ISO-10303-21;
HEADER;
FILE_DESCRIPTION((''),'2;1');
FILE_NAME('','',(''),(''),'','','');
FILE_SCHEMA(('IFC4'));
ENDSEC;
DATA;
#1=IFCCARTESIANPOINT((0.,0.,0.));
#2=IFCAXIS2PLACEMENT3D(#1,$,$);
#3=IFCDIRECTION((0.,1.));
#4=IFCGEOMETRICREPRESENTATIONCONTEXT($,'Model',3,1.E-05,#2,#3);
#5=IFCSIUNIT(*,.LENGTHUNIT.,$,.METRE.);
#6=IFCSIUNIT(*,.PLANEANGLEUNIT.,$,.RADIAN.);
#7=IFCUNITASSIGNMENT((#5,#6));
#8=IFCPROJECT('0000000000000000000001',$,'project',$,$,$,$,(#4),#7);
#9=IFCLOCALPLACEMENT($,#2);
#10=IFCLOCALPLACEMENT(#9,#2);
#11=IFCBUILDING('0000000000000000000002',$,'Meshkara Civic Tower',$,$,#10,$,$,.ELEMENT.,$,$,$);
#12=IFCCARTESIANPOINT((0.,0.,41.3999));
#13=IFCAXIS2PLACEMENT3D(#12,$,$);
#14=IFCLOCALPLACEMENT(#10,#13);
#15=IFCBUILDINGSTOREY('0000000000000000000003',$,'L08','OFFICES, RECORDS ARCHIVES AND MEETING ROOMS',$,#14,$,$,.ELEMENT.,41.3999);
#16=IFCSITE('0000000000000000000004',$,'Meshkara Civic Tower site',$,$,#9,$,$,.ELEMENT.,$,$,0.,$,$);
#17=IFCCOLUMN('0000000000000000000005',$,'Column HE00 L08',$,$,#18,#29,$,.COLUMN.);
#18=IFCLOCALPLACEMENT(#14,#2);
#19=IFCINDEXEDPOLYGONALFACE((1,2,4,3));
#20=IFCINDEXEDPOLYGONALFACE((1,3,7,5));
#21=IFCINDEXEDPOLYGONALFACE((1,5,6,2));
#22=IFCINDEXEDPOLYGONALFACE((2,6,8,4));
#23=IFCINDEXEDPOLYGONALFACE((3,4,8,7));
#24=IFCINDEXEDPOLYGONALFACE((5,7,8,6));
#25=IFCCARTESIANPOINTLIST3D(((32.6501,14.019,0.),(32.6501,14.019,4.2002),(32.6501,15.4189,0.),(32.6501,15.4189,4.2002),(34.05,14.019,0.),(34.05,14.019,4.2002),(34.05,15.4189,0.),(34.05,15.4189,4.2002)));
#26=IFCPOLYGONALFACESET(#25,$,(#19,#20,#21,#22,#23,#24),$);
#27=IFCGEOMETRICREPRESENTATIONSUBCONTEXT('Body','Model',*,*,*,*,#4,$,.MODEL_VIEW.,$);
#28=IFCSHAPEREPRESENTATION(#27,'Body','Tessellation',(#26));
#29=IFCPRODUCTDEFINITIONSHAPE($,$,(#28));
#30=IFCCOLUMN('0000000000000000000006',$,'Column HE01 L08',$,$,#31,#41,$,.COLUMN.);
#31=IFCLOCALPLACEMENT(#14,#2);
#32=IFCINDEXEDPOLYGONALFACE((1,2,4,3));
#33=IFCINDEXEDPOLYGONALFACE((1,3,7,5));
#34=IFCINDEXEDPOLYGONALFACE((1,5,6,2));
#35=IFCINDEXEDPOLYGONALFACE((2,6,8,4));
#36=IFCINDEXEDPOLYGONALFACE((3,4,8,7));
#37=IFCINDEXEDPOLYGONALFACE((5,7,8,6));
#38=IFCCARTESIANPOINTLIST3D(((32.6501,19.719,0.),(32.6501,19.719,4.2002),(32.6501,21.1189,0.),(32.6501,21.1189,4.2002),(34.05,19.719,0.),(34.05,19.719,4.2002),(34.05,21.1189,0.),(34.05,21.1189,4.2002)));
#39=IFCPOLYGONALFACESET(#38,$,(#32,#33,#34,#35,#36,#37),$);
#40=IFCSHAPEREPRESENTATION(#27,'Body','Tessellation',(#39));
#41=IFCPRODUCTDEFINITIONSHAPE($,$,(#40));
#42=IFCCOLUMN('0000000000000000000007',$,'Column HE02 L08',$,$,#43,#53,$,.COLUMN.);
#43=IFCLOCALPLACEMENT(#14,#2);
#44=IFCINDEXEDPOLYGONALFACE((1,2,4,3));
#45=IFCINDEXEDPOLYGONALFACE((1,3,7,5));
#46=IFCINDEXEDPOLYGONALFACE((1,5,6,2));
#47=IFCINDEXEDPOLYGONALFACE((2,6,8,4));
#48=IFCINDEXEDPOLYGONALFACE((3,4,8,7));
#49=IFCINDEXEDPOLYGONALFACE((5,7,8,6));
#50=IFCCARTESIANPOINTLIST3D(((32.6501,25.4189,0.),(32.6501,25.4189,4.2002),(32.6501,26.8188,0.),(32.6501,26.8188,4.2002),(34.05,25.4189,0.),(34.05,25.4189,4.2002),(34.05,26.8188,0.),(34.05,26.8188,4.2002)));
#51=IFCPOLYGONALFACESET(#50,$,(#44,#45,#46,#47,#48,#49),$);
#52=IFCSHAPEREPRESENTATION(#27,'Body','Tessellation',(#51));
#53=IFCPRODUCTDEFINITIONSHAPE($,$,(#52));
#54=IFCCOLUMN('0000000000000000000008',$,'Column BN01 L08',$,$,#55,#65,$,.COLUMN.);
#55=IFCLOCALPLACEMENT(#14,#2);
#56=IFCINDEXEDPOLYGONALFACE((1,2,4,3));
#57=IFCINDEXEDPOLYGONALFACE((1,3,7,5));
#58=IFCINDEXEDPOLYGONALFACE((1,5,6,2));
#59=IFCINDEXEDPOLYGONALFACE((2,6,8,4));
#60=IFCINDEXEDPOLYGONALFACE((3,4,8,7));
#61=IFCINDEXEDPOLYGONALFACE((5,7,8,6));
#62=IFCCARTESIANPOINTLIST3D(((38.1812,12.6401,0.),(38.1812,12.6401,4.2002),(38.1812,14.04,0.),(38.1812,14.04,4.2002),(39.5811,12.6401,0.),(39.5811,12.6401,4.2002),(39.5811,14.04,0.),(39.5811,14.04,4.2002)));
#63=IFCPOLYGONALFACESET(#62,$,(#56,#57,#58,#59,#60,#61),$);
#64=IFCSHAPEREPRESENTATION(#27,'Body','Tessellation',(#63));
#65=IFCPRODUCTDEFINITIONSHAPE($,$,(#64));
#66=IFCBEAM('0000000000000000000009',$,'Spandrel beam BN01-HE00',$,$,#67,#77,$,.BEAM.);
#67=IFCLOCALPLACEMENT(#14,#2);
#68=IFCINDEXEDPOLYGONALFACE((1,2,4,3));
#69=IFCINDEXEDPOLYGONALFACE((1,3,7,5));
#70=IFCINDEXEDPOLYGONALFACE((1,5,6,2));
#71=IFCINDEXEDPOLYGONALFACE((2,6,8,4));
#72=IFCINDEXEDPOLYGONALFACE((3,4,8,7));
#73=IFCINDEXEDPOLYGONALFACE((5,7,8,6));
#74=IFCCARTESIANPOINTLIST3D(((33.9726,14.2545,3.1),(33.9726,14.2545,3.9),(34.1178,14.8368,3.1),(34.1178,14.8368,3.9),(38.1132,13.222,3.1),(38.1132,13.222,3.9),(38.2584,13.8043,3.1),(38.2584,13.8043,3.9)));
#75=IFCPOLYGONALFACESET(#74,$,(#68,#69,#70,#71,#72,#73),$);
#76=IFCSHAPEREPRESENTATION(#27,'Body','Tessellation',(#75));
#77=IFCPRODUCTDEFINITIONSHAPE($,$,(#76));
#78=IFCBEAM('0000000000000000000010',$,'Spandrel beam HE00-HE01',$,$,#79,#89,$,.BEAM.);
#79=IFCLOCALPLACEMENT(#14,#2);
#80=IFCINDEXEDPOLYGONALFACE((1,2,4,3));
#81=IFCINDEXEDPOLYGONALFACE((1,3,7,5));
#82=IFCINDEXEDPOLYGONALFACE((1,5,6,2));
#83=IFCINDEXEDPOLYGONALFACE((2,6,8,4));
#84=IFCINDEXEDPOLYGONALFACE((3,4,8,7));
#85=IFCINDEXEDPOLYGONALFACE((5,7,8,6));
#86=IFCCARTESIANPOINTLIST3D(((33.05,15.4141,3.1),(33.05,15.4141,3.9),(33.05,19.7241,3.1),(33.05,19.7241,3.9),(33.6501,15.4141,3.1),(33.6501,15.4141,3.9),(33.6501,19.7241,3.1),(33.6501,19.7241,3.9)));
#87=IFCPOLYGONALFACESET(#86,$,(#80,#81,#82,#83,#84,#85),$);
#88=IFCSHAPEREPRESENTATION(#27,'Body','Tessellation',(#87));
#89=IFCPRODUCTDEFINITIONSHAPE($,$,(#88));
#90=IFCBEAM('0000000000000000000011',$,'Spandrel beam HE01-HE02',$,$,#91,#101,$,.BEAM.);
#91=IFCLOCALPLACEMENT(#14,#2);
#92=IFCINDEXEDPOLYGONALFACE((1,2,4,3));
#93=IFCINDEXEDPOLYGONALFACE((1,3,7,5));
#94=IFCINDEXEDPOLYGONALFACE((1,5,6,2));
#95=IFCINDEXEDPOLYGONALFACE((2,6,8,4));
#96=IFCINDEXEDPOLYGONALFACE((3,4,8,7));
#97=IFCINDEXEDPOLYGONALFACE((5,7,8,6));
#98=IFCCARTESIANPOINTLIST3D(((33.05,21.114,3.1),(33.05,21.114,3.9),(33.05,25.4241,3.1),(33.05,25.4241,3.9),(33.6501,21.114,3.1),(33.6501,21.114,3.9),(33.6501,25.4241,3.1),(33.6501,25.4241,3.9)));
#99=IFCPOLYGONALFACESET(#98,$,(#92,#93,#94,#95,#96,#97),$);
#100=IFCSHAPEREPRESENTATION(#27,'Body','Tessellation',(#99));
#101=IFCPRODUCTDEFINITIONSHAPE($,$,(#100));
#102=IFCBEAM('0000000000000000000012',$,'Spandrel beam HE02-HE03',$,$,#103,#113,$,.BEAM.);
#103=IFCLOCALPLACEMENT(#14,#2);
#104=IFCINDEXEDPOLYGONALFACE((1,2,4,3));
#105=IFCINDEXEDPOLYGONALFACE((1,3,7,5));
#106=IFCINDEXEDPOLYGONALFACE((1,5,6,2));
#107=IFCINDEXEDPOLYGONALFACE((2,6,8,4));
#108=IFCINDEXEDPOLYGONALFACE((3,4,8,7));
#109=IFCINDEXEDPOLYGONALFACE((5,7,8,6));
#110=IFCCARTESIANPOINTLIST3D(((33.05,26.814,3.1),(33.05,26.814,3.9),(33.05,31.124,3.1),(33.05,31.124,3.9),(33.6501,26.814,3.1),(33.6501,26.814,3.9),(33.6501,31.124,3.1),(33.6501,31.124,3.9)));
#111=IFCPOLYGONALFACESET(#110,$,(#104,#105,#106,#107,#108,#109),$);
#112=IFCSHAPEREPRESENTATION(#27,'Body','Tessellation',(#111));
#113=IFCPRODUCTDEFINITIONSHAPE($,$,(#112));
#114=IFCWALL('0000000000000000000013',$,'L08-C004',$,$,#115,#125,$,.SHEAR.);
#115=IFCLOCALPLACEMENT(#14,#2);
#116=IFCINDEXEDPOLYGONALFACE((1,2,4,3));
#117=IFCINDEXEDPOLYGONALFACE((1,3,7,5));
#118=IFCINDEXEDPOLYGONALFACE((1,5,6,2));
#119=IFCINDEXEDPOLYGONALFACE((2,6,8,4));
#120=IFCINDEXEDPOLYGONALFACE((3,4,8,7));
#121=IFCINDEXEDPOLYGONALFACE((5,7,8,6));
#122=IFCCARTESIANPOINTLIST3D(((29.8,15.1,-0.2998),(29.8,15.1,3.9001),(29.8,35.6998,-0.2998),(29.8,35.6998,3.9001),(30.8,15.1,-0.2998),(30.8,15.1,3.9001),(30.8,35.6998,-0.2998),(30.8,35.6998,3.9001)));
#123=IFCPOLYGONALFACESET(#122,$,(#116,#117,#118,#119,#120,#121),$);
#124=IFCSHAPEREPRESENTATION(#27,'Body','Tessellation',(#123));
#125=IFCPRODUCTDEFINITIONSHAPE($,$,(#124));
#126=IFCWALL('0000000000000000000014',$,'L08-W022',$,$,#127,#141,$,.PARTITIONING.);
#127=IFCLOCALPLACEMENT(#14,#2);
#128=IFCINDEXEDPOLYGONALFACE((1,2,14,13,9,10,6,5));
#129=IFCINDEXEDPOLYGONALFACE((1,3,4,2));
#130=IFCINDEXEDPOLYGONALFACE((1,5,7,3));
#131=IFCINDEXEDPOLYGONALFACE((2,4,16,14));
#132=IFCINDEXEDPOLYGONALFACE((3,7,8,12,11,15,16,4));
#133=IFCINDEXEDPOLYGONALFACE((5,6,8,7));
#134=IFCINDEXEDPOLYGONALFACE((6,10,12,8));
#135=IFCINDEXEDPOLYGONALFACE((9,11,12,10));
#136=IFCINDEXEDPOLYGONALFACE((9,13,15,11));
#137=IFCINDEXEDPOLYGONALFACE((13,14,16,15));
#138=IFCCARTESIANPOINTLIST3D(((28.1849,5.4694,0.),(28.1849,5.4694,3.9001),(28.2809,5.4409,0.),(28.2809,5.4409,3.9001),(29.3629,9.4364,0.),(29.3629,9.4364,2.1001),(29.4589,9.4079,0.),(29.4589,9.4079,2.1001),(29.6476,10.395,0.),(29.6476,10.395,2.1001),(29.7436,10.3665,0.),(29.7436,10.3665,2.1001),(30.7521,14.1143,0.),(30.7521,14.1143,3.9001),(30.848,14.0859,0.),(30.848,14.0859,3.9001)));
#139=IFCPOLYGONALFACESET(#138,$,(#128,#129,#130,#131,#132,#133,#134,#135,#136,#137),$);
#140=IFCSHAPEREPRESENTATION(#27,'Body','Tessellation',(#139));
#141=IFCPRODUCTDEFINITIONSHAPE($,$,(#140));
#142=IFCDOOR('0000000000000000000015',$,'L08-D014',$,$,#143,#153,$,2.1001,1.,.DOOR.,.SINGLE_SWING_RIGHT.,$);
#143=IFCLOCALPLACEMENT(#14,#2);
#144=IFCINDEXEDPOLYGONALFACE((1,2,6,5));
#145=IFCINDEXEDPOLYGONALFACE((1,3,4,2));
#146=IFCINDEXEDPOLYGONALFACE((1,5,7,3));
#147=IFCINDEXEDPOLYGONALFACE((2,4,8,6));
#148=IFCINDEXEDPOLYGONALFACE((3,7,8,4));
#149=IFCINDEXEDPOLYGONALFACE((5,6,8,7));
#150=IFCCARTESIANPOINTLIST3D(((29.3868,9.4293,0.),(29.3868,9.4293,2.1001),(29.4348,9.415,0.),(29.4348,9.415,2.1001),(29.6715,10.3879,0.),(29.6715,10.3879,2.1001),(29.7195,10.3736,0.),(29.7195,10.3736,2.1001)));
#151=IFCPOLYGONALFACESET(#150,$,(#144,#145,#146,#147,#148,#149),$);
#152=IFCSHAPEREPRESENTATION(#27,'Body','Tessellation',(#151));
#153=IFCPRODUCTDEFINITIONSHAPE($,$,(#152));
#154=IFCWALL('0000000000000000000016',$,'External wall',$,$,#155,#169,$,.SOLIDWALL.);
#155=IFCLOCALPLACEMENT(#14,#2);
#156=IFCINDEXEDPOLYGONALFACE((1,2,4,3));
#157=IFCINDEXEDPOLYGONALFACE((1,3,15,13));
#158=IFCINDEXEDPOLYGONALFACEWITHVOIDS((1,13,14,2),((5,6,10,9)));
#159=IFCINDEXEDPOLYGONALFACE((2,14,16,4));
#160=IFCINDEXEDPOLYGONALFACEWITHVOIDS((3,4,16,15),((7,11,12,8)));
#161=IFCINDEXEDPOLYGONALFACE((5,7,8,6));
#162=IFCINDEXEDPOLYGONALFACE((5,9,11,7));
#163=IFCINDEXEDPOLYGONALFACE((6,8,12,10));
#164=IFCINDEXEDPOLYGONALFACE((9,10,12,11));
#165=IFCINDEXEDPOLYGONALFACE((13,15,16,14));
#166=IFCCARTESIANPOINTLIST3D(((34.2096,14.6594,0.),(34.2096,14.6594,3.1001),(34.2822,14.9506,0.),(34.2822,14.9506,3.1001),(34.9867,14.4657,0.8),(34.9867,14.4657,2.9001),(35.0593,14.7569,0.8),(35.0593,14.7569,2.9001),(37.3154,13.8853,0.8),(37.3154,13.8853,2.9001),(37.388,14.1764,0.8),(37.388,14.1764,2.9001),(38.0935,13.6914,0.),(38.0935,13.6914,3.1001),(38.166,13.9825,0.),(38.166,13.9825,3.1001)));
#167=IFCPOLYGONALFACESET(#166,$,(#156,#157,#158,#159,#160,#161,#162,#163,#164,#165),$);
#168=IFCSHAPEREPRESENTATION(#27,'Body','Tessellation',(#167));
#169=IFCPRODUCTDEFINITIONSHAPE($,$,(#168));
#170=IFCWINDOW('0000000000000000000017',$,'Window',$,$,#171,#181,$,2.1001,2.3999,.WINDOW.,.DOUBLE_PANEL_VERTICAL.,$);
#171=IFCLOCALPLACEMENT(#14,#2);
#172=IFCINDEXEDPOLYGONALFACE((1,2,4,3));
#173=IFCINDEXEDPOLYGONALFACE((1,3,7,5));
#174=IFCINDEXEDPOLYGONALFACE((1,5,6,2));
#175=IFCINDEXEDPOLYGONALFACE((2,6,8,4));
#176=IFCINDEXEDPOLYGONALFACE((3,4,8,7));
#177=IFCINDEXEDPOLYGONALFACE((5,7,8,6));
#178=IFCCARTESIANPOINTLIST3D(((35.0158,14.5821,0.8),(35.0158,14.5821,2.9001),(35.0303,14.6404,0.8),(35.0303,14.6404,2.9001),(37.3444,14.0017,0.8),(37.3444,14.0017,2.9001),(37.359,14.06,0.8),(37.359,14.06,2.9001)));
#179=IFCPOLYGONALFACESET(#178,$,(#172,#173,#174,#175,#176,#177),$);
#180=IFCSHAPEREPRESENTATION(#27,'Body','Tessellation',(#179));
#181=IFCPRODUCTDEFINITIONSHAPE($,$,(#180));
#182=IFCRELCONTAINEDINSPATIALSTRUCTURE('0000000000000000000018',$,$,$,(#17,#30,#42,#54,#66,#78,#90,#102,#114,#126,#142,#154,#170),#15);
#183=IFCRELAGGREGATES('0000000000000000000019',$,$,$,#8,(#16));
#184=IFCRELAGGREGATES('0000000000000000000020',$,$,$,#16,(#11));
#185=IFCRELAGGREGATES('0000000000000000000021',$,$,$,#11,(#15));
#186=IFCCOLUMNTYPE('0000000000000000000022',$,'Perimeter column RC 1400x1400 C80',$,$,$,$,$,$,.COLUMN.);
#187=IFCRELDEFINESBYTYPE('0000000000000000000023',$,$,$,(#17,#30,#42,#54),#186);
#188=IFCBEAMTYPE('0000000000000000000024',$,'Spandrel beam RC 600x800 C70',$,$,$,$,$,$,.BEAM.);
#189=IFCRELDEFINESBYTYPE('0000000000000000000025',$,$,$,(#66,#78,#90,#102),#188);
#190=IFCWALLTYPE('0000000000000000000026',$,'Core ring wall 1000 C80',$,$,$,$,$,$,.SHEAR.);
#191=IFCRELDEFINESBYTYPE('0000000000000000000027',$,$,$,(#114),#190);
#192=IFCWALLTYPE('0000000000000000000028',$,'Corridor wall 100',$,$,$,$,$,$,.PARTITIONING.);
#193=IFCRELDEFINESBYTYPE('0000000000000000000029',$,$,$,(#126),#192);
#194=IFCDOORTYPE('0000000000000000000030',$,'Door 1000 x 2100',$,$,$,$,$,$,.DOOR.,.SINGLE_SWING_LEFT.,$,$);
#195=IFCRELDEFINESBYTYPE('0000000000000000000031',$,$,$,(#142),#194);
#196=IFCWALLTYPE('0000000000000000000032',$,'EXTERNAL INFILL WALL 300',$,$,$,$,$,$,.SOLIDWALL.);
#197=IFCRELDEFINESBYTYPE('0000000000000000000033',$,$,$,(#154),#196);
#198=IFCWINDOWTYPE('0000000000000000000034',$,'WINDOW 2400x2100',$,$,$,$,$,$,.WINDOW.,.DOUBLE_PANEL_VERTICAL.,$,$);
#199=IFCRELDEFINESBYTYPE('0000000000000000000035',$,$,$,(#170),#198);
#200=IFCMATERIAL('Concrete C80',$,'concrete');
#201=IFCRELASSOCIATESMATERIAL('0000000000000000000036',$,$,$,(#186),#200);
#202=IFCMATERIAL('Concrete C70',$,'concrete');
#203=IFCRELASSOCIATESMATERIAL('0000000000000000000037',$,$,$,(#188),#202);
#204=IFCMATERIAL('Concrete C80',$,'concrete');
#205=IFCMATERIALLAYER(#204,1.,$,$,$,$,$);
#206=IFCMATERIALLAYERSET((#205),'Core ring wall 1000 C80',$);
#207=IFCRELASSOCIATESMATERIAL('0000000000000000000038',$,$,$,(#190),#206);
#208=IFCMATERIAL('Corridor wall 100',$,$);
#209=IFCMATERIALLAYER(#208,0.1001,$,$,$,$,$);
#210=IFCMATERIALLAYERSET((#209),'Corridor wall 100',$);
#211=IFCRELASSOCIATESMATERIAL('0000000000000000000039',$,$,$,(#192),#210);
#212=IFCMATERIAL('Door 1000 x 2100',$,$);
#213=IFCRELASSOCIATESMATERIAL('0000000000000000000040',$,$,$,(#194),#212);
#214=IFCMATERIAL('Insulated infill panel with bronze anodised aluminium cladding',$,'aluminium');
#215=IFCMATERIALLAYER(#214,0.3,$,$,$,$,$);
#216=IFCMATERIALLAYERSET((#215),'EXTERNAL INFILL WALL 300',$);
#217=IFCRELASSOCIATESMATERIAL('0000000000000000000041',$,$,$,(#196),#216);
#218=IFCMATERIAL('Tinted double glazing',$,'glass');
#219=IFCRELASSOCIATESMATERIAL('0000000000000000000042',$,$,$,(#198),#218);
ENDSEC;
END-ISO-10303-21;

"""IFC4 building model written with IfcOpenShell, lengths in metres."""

from ifc_helpers import new_model, si_unit, direction, frame, frame_2d, origin, origin_2d, place, context, subcontext, project, spatial, rectangle, extrude, material, layer, layer_set, material_profile, profile_set, type_object, element, fill, save


model = new_model("IFC4")

# Units and contexts
model_context = context("Model", 3, precision=1e-05, world=origin(), true_north=direction((0.0, 1.0)))
body_context = subcontext(model_context, "Body", "Model", "MODEL_VIEW")
ifc_project = project(units=[si_unit("LENGTHUNIT", "METRE"), si_unit("PLANEANGLEUNIT", "RADIAN")], contexts=[model_context])

# Site, building, storey
site_placement = place(None, origin())
site = spatial("IfcSite", under=ifc_project, at=site_placement, Name="Meshkara Civic Tower site", CompositionType="ELEMENT", RefElevation=0.0)
building_placement = place(site_placement, origin())
building = spatial("IfcBuilding", under=site, at=building_placement, Name="Meshkara Civic Tower", CompositionType="ELEMENT")
storey_placement = place(building_placement, frame((0.0, 0.0, 41.3999)))
storey = spatial("IfcBuildingStorey", under=building, at=storey_placement, Name="L08", Description="OFFICES, RECORDS ARCHIVES AND MEETING ROOMS", CompositionType="ELEMENT", Elevation=41.3999)

# Columns
ifc_material_1 = material(Name="Concrete C80", Category="concrete")
ifc_material_profile_1 = material_profile(ifc_material_1, rectangle(XDim=1.3999, YDim=1.3999, at=origin_2d()))
ifc_profile_set_1 = profile_set([ifc_material_profile_1], Name="Concrete C80")
column_type = type_object("IfcColumnType", Name="Perimeter column RC 1400x1400 C80", PredefinedType="COLUMN", material=ifc_profile_set_1)
for number, where, z_axis, x_axis, name in (
    (1, (33.3501, 14.719, 0.0), (0.0, 0.0, 1.0), (1.0, 0.0, 0.0), "Column HE00 L08"),
    (2, (33.3501, 20.4189, 0.0), (0.0, 0.0, 1.0), (1.0, 0.0, 0.0), "Column HE01 L08"),
    (3, (33.3501, 26.1189, 0.0), (0.0, 0.0, 1.0), (1.0, 0.0, 0.0), "Column HE02 L08"),
    (4, (38.8811, 13.3401, 0.0), (0.0, 0.0, 1.0), (1.0, 0.0, 0.0), "Column BN01 L08"),
):
    element("IfcColumn", number, at=place(storey_placement, frame(where, z_axis=z_axis, x_axis=x_axis)), inside=storey, type_object=column_type, Name=name, PredefinedType="COLUMN", context=body_context, shape_type="SweptSolid", body=[
        extrude(rectangle(XDim=1.3999, YDim=1.3999, at=origin_2d()), origin(), (0.0, 0.0, 1.0), 4.2002),
    ])

# Beams
ifc_material_2 = material(Name="Concrete C70", Category="concrete")
ifc_material_profile_2 = material_profile(ifc_material_2, rectangle(XDim=0.6001, YDim=0.8, at=origin_2d()))
ifc_profile_set_2 = profile_set([ifc_material_profile_2], Name="Concrete C70")
beam_type = type_object("IfcBeamType", Name="Spandrel beam RC 600x800 C70", PredefinedType="BEAM", material=ifc_profile_set_2)
beam_placement = place(storey_placement, frame((38.1858, 13.5132, 3.5), z_axis=(-0.97029, 0.241943, 0.0), x_axis=(-0.241943, -0.97029, 0.0)))
element("IfcBeam", 5, at=beam_placement, inside=storey, type_object=beam_type, Name="Spandrel beam BN01-HE00", PredefinedType="BEAM", context=body_context, shape_type="SweptSolid", body=[
    extrude(rectangle(XDim=0.6001, YDim=0.8, at=origin_2d()), origin(), (0.0, 0.0, 1.0), 4.2673),
])
for number, where, z_axis, x_axis, name in (
    (6, (33.3501, 15.4141, 3.5), (0.0, 1.0, 0.0), (-1.0, 0.0, 0.0), "Spandrel beam HE00-HE01"),
    (7, (33.3501, 21.114, 3.5), (0.0, 1.0, 0.0), (-1.0, 0.0, 0.0), "Spandrel beam HE01-HE02"),
    (8, (33.3501, 26.814, 3.5), (0.0, 1.0, 0.0), (-1.0, 0.0, 0.0), "Spandrel beam HE02-HE03"),
):
    element("IfcBeam", number, at=place(storey_placement, frame(where, z_axis=z_axis, x_axis=x_axis)), inside=storey, type_object=beam_type, Name=name, PredefinedType="BEAM", context=body_context, shape_type="SweptSolid", body=[
        extrude(rectangle(XDim=0.6001, YDim=0.8, at=origin_2d()), origin(), (0.0, 0.0, 1.0), 4.3101),
    ])

# Wall
ifc_material_3 = material(Name="Concrete C80", Category="concrete")
ifc_layer_1 = layer(ifc_material_3, 1.0)
ifc_layer_set_1 = layer_set([ifc_layer_1], Name="Core ring wall 1000 C80")
wall_type_1 = type_object("IfcWallType", Name="Core ring wall 1000 C80", PredefinedType="SHEAR", material=ifc_layer_set_1)
wall_1_placement = place(storey_placement, frame((30.3, 15.1001, -0.2998), z_axis=(0.0, 0.0, 1.0), x_axis=(0.0, 1.0, 0.0)))
element("IfcWall", 9, at=wall_1_placement, inside=storey, type_object=wall_type_1, Name="L08-C004", PredefinedType="SHEAR", context=body_context, shape_type="SweptSolid", body=[
    extrude(rectangle(XDim=20.5999, YDim=1.0, at=frame_2d((10.2998, 0.0))), origin(), (0.0, 0.0, 1.0), 4.2),
])

# Wall, opening, door
ifc_material_4 = material(Name="Corridor wall 100")
ifc_layer_2 = layer(ifc_material_4, 0.1001)
ifc_layer_set_2 = layer_set([ifc_layer_2], Name="Corridor wall 100")
wall_type_2 = type_object("IfcWallType", Name="Corridor wall 100", PredefinedType="PARTITIONING", material=ifc_layer_set_2)
wall_2_placement = place(storey_placement, frame((30.8, 14.1001, 0.0), z_axis=(0.0, 0.0, 1.0), x_axis=(-0.284664, -0.958627, 0.0)))
wall_2 = element("IfcWall", 10, at=wall_2_placement, inside=storey, type_object=wall_type_2, Name="L08-W022", PredefinedType="PARTITIONING", context=body_context, shape_type="SweptSolid", body=[
    extrude(rectangle(XDim=9.0181, YDim=0.1001, at=frame_2d((4.509, 0.0))), origin(), (0.0, 0.0, 1.0), 3.9001),
])
opening_1_placement = place(wall_2_placement, frame((3.8799, 0.0, 0.0)))
opening_1 = element("IfcOpeningElement", 11, at=opening_1_placement, cuts=wall_2, PredefinedType="OPENING", context=body_context, shape_type="SweptSolid", body=[
    extrude(rectangle(XDim=1.0, YDim=2.1001, at=frame_2d((0.5, 1.05))), frame((0.0, 0.0601, 0.0), z_axis=(0.0, -1.0, 0.0), x_axis=(1.0, 0.0, 0.0)), (0.0, 0.0, 1.0), 0.1201),
])
ifc_material_5 = material(Name="Door 1000 x 2100")
door_type_1 = type_object("IfcDoorType", Name="Door 1000 x 2100", OperationType="SINGLE_SWING_LEFT", PredefinedType="DOOR", material=ifc_material_5)
door_1_placement = place(opening_1_placement, origin())
door_1 = element("IfcDoor", 12, at=door_1_placement, inside=storey, type_object=door_type_1, Name="L08-D014", OperationType="SINGLE_SWING_RIGHT", OverallHeight=2.1001, OverallWidth=1.0, PredefinedType="DOOR", context=body_context, shape_type="SweptSolid", body=[
    extrude(rectangle(XDim=1.0, YDim=2.1001, at=frame_2d((0.5, 1.05))), frame((0.0, 0.0249, 0.0), z_axis=(0.0, -1.0, 0.0), x_axis=(1.0, 0.0, 0.0)), (0.0, 0.0, 1.0), 0.05),
])
fill(opening_1, door_1)

# Wall, opening, window
ifc_material_6 = material(Name="Insulated infill panel with bronze anodised aluminium cladding", Category="aluminium")
ifc_layer_3 = layer(ifc_material_6, 0.3)
ifc_layer_set_3 = layer_set([ifc_layer_3], Name="EXTERNAL INFILL WALL 300")
wall_type_3 = type_object("IfcWallType", Name="EXTERNAL INFILL WALL 300", PredefinedType="SOLIDWALL", material=ifc_layer_set_3)
wall_3_placement = place(storey_placement, frame((38.1299, 13.8369, 0.0), z_axis=(0.0, 0.0, 1.0), x_axis=(-0.970314, 0.241847, 0.0)))
wall_3 = element("IfcWall", 13, at=wall_3_placement, inside=storey, type_object=wall_type_3, Name="External wall", PredefinedType="SOLIDWALL", context=body_context, shape_type="SweptSolid", body=[
    extrude(rectangle(XDim=4.0027, YDim=0.3, at=frame_2d((2.0015, 0.0))), origin(), (0.0, 0.0, 1.0), 3.1001),
])
opening_2_placement = place(wall_3_placement, frame((0.802, 0.0, 0.8)))
opening_2 = element("IfcOpeningElement", 14, at=opening_2_placement, cuts=wall_3, PredefinedType="OPENING", context=body_context, shape_type="SweptSolid", body=[
    extrude(rectangle(XDim=2.3999, YDim=2.1001, at=frame_2d((1.2, 1.05))), frame((0.0, 0.1599, 0.0), z_axis=(0.0, -1.0, 0.0), x_axis=(1.0, 0.0, 0.0)), (0.0, 0.0, 1.0), 0.3201),
])
ifc_material_7 = material(Name="Tinted double glazing", Category="glass")
window_type = type_object("IfcWindowType", Name="WINDOW 2400x2100", PartitioningType="DOUBLE_PANEL_VERTICAL", PredefinedType="WINDOW", material=ifc_material_7)
window_1_placement = place(opening_2_placement, origin())
window_1 = element("IfcWindow", 15, at=window_1_placement, inside=storey, type_object=window_type, Name="Window", OverallHeight=2.1001, OverallWidth=2.3999, PartitioningType="DOUBLE_PANEL_VERTICAL", PredefinedType="WINDOW", context=body_context, shape_type="SweptSolid", body=[
    extrude(rectangle(XDim=2.3999, YDim=2.1001, at=frame_2d((1.2, 1.05))), frame((0.0, 0.03, 0.0), z_axis=(0.0, -1.0, 0.0), x_axis=(1.0, 0.0, 0.0)), (0.0, 0.0, 1.0), 0.0601),
])
fill(opening_2, window_1)

save(model, "model.ifc")
